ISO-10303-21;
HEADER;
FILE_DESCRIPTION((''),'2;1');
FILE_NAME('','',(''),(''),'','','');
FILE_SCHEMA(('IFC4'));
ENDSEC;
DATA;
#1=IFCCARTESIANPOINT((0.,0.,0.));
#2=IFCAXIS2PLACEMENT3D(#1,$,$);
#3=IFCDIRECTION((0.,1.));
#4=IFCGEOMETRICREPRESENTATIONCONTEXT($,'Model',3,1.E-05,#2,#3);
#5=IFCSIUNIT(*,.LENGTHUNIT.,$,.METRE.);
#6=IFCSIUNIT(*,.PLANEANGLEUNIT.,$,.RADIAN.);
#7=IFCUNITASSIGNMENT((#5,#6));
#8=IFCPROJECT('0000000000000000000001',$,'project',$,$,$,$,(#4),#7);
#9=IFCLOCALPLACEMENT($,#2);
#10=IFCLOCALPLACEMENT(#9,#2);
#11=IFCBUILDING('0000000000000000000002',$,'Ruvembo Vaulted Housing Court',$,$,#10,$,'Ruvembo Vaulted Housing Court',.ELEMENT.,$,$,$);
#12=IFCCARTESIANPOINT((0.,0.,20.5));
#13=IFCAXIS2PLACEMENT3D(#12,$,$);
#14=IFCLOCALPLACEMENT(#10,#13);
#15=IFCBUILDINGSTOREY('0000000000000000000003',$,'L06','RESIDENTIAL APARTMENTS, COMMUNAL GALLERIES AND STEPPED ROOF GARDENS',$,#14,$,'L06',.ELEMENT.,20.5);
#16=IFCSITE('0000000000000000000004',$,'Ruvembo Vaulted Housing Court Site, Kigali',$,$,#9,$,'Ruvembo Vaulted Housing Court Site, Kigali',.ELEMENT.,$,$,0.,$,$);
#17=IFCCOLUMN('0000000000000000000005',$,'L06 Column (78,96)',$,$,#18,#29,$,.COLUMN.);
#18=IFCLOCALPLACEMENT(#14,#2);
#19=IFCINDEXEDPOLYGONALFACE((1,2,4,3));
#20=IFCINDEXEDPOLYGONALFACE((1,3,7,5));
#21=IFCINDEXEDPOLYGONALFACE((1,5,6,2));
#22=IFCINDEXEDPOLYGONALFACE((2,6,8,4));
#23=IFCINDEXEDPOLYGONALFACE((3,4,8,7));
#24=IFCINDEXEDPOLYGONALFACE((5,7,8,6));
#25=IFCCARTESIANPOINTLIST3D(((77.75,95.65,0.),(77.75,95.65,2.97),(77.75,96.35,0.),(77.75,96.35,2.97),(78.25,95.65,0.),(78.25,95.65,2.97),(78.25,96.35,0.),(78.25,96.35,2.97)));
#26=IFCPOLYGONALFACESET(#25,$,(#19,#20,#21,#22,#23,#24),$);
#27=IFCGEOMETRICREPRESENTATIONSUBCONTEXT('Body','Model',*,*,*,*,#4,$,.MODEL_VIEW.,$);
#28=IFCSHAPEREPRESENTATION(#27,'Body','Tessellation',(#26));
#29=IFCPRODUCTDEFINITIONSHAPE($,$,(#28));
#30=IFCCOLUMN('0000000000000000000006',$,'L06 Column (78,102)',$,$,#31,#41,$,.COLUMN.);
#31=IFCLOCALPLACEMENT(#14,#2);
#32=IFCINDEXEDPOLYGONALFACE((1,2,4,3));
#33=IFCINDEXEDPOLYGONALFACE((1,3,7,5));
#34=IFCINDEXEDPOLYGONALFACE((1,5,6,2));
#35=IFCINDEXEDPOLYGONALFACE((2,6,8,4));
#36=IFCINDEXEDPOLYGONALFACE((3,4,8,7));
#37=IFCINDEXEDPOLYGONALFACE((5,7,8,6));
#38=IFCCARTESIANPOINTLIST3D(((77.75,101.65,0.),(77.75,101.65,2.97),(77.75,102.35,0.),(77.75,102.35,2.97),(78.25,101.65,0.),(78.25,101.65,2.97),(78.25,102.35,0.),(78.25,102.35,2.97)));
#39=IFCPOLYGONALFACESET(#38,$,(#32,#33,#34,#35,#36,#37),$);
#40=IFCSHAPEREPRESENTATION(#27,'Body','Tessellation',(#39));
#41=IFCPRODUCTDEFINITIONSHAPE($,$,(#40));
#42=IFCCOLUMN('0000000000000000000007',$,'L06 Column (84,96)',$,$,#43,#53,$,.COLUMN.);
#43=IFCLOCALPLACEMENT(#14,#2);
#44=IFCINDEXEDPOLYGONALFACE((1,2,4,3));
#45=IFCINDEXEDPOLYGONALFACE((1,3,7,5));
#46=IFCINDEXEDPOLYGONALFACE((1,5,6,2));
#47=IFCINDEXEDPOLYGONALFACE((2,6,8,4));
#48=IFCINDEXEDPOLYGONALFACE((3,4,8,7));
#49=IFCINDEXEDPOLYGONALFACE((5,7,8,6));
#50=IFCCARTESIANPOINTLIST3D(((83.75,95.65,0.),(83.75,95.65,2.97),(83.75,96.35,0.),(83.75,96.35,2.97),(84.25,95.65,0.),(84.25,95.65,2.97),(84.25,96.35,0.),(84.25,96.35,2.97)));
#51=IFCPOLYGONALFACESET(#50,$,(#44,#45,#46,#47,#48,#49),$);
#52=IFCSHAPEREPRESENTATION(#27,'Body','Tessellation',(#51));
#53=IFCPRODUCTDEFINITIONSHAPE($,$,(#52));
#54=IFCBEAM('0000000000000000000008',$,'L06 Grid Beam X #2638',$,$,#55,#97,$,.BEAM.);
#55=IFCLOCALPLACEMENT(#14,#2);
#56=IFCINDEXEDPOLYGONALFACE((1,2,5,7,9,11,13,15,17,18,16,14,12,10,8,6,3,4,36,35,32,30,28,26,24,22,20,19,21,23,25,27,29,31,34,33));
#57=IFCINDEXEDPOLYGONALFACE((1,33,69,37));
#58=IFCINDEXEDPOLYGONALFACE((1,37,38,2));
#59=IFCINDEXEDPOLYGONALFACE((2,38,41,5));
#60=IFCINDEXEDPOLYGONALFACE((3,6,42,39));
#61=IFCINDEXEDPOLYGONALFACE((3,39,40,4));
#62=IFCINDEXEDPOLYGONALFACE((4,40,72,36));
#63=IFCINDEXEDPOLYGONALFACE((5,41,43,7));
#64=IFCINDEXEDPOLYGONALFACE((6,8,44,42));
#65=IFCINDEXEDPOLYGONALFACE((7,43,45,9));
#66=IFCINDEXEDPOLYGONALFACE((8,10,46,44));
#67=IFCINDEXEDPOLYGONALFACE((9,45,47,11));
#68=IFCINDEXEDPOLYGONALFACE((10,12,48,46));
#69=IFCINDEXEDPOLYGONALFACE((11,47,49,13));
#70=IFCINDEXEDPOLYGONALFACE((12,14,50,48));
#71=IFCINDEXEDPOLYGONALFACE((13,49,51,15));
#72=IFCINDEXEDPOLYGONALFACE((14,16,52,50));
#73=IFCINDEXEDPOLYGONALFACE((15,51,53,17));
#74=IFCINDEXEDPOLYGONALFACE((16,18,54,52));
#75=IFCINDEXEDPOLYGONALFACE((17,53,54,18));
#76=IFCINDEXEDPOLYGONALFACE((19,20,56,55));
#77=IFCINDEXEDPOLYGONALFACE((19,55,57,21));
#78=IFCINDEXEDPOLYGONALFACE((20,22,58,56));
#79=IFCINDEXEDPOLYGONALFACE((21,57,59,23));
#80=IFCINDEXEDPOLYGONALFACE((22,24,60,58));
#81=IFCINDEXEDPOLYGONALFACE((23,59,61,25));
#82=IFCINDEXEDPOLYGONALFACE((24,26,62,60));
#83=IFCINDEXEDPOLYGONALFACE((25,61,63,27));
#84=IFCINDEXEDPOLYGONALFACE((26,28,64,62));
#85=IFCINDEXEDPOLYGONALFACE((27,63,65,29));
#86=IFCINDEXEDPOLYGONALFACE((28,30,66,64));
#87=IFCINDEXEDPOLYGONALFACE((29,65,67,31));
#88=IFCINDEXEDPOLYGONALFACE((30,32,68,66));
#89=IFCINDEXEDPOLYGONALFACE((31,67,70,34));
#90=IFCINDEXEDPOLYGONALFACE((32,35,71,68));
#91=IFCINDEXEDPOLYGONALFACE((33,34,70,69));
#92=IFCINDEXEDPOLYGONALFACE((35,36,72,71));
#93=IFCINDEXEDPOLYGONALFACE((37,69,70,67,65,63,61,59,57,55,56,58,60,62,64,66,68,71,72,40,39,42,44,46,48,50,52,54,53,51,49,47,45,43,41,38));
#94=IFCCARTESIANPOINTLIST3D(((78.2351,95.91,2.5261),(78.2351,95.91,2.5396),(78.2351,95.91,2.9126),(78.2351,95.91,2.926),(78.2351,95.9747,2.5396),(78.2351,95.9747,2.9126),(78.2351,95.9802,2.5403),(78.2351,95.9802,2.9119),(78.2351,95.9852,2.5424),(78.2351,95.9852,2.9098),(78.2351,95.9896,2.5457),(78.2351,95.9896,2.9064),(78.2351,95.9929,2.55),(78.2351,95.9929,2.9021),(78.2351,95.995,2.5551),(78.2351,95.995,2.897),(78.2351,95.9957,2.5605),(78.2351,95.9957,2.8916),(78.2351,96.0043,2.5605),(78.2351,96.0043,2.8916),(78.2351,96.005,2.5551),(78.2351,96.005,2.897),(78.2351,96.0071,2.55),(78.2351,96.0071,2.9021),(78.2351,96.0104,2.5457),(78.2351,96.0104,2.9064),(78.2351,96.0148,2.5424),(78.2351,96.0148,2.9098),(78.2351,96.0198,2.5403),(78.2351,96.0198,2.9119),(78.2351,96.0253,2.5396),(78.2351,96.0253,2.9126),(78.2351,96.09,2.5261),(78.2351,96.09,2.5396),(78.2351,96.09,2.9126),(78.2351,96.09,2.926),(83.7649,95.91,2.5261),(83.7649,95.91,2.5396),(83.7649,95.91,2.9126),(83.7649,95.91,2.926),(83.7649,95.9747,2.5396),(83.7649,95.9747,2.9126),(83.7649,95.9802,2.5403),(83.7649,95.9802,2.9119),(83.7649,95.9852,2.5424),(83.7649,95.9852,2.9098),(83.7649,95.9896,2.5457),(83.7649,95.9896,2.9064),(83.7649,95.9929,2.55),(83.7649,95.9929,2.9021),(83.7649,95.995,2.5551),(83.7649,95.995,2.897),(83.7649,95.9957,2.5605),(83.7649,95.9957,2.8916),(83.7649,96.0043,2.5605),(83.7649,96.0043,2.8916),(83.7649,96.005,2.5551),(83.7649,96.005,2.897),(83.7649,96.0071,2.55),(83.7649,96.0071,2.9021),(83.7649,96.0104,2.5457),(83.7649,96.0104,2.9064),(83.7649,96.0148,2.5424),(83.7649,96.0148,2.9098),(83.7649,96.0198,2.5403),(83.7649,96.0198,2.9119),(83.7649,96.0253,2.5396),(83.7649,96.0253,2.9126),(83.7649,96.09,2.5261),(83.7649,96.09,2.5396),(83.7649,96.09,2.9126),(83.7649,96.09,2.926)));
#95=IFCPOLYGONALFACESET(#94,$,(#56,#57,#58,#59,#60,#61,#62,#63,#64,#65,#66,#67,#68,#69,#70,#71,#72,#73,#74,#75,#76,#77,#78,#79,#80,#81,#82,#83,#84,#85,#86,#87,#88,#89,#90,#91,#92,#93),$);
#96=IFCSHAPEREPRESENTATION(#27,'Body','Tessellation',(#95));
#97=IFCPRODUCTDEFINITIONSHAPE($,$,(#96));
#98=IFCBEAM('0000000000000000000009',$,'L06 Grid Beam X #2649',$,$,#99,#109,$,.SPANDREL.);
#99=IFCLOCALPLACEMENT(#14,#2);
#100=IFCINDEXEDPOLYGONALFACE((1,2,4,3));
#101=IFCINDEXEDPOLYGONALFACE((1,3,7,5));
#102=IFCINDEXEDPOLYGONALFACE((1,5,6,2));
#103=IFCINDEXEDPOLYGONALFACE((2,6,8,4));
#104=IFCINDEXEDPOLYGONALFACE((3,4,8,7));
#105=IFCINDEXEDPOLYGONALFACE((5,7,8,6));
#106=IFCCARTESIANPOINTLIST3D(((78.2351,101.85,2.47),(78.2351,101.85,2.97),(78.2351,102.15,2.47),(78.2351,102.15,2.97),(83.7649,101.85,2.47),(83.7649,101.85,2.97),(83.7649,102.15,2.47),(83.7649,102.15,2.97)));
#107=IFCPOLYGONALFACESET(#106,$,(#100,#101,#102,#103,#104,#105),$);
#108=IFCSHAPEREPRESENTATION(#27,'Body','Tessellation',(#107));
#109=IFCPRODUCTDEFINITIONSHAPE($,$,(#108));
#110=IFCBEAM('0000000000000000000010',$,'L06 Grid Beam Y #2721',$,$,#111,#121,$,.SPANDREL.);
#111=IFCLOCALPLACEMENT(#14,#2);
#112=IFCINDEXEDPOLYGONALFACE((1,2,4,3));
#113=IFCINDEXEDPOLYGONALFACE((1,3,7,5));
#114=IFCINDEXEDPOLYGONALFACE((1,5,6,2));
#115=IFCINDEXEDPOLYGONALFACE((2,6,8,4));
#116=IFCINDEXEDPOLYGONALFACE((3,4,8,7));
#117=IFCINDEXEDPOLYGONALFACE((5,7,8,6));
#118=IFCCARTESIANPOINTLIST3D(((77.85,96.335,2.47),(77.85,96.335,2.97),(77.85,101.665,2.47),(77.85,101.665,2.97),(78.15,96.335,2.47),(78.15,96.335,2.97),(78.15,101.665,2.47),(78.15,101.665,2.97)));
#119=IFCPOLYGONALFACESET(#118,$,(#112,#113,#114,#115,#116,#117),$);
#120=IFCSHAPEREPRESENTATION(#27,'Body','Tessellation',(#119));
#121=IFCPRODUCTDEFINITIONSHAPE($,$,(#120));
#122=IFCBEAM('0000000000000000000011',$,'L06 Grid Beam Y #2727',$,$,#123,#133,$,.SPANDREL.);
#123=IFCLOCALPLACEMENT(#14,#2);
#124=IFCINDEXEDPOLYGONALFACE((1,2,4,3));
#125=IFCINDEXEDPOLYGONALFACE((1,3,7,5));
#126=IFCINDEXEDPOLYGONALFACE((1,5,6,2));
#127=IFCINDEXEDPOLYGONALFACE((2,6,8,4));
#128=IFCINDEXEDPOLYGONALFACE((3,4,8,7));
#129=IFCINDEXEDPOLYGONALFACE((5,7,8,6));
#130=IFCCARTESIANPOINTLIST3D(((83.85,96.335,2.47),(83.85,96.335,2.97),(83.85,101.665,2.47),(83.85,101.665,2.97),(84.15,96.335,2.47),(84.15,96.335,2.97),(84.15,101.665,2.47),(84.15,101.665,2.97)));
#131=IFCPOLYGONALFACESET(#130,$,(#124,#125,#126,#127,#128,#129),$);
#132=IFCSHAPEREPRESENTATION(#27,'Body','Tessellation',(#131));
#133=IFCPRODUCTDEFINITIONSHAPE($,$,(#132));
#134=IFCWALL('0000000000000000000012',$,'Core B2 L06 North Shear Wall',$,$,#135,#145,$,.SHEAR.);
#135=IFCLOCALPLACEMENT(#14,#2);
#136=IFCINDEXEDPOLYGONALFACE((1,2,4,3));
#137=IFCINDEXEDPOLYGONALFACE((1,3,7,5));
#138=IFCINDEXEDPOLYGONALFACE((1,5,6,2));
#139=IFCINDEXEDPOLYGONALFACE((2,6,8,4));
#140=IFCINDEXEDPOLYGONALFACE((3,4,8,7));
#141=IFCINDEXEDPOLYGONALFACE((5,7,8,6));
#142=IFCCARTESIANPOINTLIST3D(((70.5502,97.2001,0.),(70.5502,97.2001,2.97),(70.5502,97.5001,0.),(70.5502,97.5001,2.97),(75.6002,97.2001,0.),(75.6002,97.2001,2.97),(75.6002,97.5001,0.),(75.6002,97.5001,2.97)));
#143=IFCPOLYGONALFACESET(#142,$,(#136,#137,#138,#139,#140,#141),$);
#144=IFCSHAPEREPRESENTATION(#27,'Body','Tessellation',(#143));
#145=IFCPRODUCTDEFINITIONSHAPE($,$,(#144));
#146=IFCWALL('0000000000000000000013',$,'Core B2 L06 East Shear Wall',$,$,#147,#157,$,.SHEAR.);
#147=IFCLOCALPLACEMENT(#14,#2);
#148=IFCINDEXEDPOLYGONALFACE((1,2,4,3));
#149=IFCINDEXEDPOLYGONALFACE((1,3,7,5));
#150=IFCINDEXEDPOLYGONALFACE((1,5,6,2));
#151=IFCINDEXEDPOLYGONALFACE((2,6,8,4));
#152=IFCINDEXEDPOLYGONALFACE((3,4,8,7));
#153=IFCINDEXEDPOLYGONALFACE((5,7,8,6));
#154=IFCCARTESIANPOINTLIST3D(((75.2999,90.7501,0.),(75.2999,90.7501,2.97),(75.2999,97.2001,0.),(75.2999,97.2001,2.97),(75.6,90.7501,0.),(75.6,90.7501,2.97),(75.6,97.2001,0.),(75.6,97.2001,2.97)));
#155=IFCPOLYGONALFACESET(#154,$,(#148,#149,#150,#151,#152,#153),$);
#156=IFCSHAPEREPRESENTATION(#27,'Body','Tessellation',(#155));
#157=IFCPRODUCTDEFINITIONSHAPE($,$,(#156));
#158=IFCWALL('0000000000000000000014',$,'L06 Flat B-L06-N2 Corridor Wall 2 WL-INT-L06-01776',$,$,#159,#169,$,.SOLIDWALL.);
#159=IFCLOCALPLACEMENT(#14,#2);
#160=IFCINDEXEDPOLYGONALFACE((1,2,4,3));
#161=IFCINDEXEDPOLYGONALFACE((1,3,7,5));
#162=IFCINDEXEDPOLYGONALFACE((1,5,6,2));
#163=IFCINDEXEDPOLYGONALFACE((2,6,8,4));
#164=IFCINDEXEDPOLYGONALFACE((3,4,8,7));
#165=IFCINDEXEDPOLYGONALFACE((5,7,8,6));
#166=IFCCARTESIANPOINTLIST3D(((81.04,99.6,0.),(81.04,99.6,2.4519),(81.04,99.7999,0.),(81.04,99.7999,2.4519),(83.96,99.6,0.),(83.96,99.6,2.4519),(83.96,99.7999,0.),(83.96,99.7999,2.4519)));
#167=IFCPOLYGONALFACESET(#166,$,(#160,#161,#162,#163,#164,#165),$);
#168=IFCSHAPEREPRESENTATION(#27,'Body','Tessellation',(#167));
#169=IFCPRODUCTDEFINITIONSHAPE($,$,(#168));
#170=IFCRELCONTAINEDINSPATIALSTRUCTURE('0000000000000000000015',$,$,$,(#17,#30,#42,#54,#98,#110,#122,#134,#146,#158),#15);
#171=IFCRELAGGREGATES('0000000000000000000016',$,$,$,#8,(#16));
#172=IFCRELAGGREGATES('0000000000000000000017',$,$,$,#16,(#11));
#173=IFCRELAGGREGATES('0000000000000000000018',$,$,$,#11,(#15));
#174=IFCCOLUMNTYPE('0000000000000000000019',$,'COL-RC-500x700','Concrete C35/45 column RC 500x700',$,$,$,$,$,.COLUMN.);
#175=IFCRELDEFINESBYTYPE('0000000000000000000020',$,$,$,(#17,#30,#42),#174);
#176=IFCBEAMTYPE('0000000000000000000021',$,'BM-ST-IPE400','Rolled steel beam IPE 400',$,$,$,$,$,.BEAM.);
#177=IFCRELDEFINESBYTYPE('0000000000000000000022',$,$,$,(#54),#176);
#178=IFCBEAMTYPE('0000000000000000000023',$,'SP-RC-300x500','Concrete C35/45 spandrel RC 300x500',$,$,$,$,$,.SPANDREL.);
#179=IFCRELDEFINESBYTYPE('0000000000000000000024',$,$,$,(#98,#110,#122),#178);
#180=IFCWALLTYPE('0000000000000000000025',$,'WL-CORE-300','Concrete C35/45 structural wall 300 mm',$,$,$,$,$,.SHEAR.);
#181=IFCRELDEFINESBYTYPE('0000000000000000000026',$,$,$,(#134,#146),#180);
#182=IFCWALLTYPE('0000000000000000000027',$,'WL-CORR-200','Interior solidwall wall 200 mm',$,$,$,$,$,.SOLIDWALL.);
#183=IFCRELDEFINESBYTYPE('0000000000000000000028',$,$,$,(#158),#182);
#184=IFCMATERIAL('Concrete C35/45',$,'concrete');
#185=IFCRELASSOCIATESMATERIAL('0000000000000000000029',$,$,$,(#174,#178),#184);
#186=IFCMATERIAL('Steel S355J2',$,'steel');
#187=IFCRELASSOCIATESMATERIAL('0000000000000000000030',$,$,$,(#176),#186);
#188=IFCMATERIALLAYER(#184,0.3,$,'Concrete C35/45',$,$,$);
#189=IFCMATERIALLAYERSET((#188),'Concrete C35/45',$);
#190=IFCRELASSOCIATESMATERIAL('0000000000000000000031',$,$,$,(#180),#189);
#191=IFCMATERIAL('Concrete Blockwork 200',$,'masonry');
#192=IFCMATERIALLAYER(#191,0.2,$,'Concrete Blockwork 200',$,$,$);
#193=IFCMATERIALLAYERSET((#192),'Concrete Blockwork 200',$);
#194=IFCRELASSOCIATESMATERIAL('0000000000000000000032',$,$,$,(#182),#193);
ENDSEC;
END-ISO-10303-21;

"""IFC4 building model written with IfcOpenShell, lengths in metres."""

from ifc_helpers import new_model, si_unit, direction, frame, frame_2d, origin, origin_2d, place, context, subcontext, project, spatial, rectangle, i_section, extrude, material, layer, layer_set, material_profile, profile_set, type_object, element, save


model = new_model("IFC4")

# Units and contexts
model_context = context("Model", 3, precision=1e-05, world=origin(), true_north=direction((0.0, 1.0)))
body_context = subcontext(model_context, "Body", "Model", "MODEL_VIEW")
ifc_project = project(units=[si_unit("LENGTHUNIT", "METRE"), si_unit("PLANEANGLEUNIT", "RADIAN")], contexts=[model_context])

# Site, building, storey
site_placement = place(None, origin())
site = spatial("IfcSite", under=ifc_project, at=site_placement, Name="Ruvembo Vaulted Housing Court Site, Kigali", LongName="Ruvembo Vaulted Housing Court Site, Kigali", CompositionType="ELEMENT", RefElevation=0.0)
building_placement = place(site_placement, origin())
building = spatial("IfcBuilding", under=site, at=building_placement, Name="Ruvembo Vaulted Housing Court", LongName="Ruvembo Vaulted Housing Court", CompositionType="ELEMENT")
storey_placement = place(building_placement, frame((0.0, 0.0, 20.5)))
storey = spatial("IfcBuildingStorey", under=building, at=storey_placement, Name="L06", Description="RESIDENTIAL APARTMENTS, COMMUNAL GALLERIES AND STEPPED ROOF GARDENS", LongName="L06", CompositionType="ELEMENT", Elevation=20.5)

# Columns
ifc_material_1 = material(Name="Concrete C35/45", Category="concrete")
ifc_material_profile_1 = material_profile(ifc_material_1, rectangle(XDim=0.5, YDim=0.7, at=origin_2d()), Name="RC 500x700")
ifc_profile_set_1 = profile_set([ifc_material_profile_1], Name="Concrete C35/45")
column_type = type_object("IfcColumnType", Name="COL-RC-500x700", Description="Concrete C35/45 column RC 500x700", PredefinedType="COLUMN", material=ifc_profile_set_1)
for number, where, z_axis, x_axis, name in (
    (1, (78.0, 96.0, 0.0), (0.0, 0.0, 1.0), (1.0, 0.0, 0.0), "L06 Column (78,96)"),
    (2, (78.0, 102.0, 0.0), (0.0, 0.0, 1.0), (1.0, 0.0, 0.0), "L06 Column (78,102)"),
    (3, (84.0, 96.0, 0.0), (0.0, 0.0, 1.0), (1.0, 0.0, 0.0), "L06 Column (84,96)"),
):
    element("IfcColumn", number, at=place(storey_placement, frame(where, z_axis=z_axis, x_axis=x_axis)), inside=storey, type_object=column_type, Name=name, PredefinedType="COLUMN", context=body_context, shape_type="SweptSolid", body=[
        extrude(rectangle(XDim=0.5, YDim=0.7, at=origin_2d()), origin(), (0.0, 0.0, 1.0), 2.97),
    ])

# Beams
ifc_material_2 = material(Name="Steel S355J2", Category="steel")
ifc_material_profile_2 = material_profile(ifc_material_2, i_section(OverallWidth=0.1799, OverallDepth=0.3999, WebThickness=0.0085, FlangeThickness=0.0134, FilletRadius=0.021, at=origin_2d()), Name="IPE 400")
ifc_profile_set_2 = profile_set([ifc_material_profile_2], Name="Steel S355J2")
beam_type_1 = type_object("IfcBeamType", Name="BM-ST-IPE400", Description="Rolled steel beam IPE 400", PredefinedType="BEAM", material=ifc_profile_set_2)
beam_1_placement = place(storey_placement, frame((78.2351, 96.0, 2.7261), z_axis=(1.0, 0.0, 0.0), x_axis=(0.0, 1.0, 0.0)))
element("IfcBeam", 4, at=beam_1_placement, inside=storey, type_object=beam_type_1, Name="L06 Grid Beam X #2638", PredefinedType="BEAM", context=body_context, shape_type="SweptSolid", body=[
    extrude(i_section(OverallWidth=0.1799, OverallDepth=0.3999, WebThickness=0.0085, FlangeThickness=0.0134, FilletRadius=0.021, at=origin_2d()), origin(), (0.0, 0.0, 1.0), 5.5298),
])
ifc_material_profile_3 = material_profile(ifc_material_1, rectangle(XDim=0.3, YDim=0.5, at=origin_2d()), Name="RC 300x500")
ifc_profile_set_3 = profile_set([ifc_material_profile_3], Name="Concrete C35/45")
beam_type_2 = type_object("IfcBeamType", Name="SP-RC-300x500", Description="Concrete C35/45 spandrel RC 300x500", PredefinedType="SPANDREL", material=ifc_profile_set_3)
beam_2_placement = place(storey_placement, frame((78.2351, 102.0, 2.72), z_axis=(1.0, 0.0, 0.0), x_axis=(0.0, 1.0, 0.0)))
element("IfcBeam", 5, at=beam_2_placement, inside=storey, type_object=beam_type_2, Name="L06 Grid Beam X #2649", PredefinedType="SPANDREL", context=body_context, shape_type="SweptSolid", body=[
    extrude(rectangle(XDim=0.3, YDim=0.5, at=origin_2d()), origin(), (0.0, 0.0, 1.0), 5.5298),
])
for number, where, z_axis, x_axis, name in (
    (6, (78.0, 96.335, 2.72), (0.0, 1.0, 0.0), (-1.0, 0.0, 0.0), "L06 Grid Beam Y #2721"),
    (7, (84.0, 96.335, 2.72), (0.0, 1.0, 0.0), (-1.0, 0.0, 0.0), "L06 Grid Beam Y #2727"),
):
    element("IfcBeam", number, at=place(storey_placement, frame(where, z_axis=z_axis, x_axis=x_axis)), inside=storey, type_object=beam_type_2, Name=name, PredefinedType="SPANDREL", context=body_context, shape_type="SweptSolid", body=[
        extrude(rectangle(XDim=0.3, YDim=0.5, at=origin_2d()), origin(), (0.0, 0.0, 1.0), 5.3301),
    ])

# Walls
ifc_layer_1 = layer(ifc_material_1, 0.3, Name="Concrete C35/45")
ifc_layer_set_1 = layer_set([ifc_layer_1], Name="Concrete C35/45")
wall_type_1 = type_object("IfcWallType", Name="WL-CORE-300", Description="Concrete C35/45 structural wall 300 mm", PredefinedType="SHEAR", material=ifc_layer_set_1)
wall_1_placement = place(storey_placement, frame((75.6001, 97.3501, 0.0), z_axis=(0.0, 0.0, 1.0), x_axis=(-1.0, 0.0, 0.0)))
element("IfcWall", 8, at=wall_1_placement, inside=storey, type_object=wall_type_1, Name="Core B2 L06 North Shear Wall", PredefinedType="SHEAR", context=body_context, shape_type="SweptSolid", body=[
    extrude(rectangle(XDim=5.05, YDim=0.3, at=frame_2d((2.5249, 0.0))), origin(), (0.0, 0.0, 1.0), 2.97),
])
wall_2_placement = place(storey_placement, frame((75.45, 90.75, 0.0), z_axis=(0.0, 0.0, 1.0), x_axis=(0.0, 1.0, 0.0)))
element("IfcWall", 9, at=wall_2_placement, inside=storey, type_object=wall_type_1, Name="Core B2 L06 East Shear Wall", PredefinedType="SHEAR", context=body_context, shape_type="SweptSolid", body=[
    extrude(rectangle(XDim=6.45, YDim=0.3, at=frame_2d((3.2251, 0.0))), origin(), (0.0, 0.0, 1.0), 2.97),
])
ifc_material_3 = material(Name="Concrete Blockwork 200", Category="masonry")
ifc_layer_2 = layer(ifc_material_3, 0.2, Name="Concrete Blockwork 200")
ifc_layer_set_2 = layer_set([ifc_layer_2], Name="Concrete Blockwork 200")
wall_type_2 = type_object("IfcWallType", Name="WL-CORR-200", Description="Interior solidwall wall 200 mm", PredefinedType="SOLIDWALL", material=ifc_layer_set_2)
wall_3_placement = place(storey_placement, frame((81.04, 99.7, 0.0), z_axis=(0.0, 0.0, 1.0), x_axis=(1.0, 0.0, 0.0)))
element("IfcWall", 10, at=wall_3_placement, inside=storey, type_object=wall_type_2, Name="L06 Flat B-L06-N2 Corridor Wall 2 WL-INT-L06-01776", PredefinedType="SOLIDWALL", context=body_context, shape_type="SweptSolid", body=[
    extrude(rectangle(XDim=2.9199, YDim=0.2, at=frame_2d((1.46, 0.0))), origin(), (0.0, 0.0, 1.0), 2.4519),
])

save(model, "model.ifc")
